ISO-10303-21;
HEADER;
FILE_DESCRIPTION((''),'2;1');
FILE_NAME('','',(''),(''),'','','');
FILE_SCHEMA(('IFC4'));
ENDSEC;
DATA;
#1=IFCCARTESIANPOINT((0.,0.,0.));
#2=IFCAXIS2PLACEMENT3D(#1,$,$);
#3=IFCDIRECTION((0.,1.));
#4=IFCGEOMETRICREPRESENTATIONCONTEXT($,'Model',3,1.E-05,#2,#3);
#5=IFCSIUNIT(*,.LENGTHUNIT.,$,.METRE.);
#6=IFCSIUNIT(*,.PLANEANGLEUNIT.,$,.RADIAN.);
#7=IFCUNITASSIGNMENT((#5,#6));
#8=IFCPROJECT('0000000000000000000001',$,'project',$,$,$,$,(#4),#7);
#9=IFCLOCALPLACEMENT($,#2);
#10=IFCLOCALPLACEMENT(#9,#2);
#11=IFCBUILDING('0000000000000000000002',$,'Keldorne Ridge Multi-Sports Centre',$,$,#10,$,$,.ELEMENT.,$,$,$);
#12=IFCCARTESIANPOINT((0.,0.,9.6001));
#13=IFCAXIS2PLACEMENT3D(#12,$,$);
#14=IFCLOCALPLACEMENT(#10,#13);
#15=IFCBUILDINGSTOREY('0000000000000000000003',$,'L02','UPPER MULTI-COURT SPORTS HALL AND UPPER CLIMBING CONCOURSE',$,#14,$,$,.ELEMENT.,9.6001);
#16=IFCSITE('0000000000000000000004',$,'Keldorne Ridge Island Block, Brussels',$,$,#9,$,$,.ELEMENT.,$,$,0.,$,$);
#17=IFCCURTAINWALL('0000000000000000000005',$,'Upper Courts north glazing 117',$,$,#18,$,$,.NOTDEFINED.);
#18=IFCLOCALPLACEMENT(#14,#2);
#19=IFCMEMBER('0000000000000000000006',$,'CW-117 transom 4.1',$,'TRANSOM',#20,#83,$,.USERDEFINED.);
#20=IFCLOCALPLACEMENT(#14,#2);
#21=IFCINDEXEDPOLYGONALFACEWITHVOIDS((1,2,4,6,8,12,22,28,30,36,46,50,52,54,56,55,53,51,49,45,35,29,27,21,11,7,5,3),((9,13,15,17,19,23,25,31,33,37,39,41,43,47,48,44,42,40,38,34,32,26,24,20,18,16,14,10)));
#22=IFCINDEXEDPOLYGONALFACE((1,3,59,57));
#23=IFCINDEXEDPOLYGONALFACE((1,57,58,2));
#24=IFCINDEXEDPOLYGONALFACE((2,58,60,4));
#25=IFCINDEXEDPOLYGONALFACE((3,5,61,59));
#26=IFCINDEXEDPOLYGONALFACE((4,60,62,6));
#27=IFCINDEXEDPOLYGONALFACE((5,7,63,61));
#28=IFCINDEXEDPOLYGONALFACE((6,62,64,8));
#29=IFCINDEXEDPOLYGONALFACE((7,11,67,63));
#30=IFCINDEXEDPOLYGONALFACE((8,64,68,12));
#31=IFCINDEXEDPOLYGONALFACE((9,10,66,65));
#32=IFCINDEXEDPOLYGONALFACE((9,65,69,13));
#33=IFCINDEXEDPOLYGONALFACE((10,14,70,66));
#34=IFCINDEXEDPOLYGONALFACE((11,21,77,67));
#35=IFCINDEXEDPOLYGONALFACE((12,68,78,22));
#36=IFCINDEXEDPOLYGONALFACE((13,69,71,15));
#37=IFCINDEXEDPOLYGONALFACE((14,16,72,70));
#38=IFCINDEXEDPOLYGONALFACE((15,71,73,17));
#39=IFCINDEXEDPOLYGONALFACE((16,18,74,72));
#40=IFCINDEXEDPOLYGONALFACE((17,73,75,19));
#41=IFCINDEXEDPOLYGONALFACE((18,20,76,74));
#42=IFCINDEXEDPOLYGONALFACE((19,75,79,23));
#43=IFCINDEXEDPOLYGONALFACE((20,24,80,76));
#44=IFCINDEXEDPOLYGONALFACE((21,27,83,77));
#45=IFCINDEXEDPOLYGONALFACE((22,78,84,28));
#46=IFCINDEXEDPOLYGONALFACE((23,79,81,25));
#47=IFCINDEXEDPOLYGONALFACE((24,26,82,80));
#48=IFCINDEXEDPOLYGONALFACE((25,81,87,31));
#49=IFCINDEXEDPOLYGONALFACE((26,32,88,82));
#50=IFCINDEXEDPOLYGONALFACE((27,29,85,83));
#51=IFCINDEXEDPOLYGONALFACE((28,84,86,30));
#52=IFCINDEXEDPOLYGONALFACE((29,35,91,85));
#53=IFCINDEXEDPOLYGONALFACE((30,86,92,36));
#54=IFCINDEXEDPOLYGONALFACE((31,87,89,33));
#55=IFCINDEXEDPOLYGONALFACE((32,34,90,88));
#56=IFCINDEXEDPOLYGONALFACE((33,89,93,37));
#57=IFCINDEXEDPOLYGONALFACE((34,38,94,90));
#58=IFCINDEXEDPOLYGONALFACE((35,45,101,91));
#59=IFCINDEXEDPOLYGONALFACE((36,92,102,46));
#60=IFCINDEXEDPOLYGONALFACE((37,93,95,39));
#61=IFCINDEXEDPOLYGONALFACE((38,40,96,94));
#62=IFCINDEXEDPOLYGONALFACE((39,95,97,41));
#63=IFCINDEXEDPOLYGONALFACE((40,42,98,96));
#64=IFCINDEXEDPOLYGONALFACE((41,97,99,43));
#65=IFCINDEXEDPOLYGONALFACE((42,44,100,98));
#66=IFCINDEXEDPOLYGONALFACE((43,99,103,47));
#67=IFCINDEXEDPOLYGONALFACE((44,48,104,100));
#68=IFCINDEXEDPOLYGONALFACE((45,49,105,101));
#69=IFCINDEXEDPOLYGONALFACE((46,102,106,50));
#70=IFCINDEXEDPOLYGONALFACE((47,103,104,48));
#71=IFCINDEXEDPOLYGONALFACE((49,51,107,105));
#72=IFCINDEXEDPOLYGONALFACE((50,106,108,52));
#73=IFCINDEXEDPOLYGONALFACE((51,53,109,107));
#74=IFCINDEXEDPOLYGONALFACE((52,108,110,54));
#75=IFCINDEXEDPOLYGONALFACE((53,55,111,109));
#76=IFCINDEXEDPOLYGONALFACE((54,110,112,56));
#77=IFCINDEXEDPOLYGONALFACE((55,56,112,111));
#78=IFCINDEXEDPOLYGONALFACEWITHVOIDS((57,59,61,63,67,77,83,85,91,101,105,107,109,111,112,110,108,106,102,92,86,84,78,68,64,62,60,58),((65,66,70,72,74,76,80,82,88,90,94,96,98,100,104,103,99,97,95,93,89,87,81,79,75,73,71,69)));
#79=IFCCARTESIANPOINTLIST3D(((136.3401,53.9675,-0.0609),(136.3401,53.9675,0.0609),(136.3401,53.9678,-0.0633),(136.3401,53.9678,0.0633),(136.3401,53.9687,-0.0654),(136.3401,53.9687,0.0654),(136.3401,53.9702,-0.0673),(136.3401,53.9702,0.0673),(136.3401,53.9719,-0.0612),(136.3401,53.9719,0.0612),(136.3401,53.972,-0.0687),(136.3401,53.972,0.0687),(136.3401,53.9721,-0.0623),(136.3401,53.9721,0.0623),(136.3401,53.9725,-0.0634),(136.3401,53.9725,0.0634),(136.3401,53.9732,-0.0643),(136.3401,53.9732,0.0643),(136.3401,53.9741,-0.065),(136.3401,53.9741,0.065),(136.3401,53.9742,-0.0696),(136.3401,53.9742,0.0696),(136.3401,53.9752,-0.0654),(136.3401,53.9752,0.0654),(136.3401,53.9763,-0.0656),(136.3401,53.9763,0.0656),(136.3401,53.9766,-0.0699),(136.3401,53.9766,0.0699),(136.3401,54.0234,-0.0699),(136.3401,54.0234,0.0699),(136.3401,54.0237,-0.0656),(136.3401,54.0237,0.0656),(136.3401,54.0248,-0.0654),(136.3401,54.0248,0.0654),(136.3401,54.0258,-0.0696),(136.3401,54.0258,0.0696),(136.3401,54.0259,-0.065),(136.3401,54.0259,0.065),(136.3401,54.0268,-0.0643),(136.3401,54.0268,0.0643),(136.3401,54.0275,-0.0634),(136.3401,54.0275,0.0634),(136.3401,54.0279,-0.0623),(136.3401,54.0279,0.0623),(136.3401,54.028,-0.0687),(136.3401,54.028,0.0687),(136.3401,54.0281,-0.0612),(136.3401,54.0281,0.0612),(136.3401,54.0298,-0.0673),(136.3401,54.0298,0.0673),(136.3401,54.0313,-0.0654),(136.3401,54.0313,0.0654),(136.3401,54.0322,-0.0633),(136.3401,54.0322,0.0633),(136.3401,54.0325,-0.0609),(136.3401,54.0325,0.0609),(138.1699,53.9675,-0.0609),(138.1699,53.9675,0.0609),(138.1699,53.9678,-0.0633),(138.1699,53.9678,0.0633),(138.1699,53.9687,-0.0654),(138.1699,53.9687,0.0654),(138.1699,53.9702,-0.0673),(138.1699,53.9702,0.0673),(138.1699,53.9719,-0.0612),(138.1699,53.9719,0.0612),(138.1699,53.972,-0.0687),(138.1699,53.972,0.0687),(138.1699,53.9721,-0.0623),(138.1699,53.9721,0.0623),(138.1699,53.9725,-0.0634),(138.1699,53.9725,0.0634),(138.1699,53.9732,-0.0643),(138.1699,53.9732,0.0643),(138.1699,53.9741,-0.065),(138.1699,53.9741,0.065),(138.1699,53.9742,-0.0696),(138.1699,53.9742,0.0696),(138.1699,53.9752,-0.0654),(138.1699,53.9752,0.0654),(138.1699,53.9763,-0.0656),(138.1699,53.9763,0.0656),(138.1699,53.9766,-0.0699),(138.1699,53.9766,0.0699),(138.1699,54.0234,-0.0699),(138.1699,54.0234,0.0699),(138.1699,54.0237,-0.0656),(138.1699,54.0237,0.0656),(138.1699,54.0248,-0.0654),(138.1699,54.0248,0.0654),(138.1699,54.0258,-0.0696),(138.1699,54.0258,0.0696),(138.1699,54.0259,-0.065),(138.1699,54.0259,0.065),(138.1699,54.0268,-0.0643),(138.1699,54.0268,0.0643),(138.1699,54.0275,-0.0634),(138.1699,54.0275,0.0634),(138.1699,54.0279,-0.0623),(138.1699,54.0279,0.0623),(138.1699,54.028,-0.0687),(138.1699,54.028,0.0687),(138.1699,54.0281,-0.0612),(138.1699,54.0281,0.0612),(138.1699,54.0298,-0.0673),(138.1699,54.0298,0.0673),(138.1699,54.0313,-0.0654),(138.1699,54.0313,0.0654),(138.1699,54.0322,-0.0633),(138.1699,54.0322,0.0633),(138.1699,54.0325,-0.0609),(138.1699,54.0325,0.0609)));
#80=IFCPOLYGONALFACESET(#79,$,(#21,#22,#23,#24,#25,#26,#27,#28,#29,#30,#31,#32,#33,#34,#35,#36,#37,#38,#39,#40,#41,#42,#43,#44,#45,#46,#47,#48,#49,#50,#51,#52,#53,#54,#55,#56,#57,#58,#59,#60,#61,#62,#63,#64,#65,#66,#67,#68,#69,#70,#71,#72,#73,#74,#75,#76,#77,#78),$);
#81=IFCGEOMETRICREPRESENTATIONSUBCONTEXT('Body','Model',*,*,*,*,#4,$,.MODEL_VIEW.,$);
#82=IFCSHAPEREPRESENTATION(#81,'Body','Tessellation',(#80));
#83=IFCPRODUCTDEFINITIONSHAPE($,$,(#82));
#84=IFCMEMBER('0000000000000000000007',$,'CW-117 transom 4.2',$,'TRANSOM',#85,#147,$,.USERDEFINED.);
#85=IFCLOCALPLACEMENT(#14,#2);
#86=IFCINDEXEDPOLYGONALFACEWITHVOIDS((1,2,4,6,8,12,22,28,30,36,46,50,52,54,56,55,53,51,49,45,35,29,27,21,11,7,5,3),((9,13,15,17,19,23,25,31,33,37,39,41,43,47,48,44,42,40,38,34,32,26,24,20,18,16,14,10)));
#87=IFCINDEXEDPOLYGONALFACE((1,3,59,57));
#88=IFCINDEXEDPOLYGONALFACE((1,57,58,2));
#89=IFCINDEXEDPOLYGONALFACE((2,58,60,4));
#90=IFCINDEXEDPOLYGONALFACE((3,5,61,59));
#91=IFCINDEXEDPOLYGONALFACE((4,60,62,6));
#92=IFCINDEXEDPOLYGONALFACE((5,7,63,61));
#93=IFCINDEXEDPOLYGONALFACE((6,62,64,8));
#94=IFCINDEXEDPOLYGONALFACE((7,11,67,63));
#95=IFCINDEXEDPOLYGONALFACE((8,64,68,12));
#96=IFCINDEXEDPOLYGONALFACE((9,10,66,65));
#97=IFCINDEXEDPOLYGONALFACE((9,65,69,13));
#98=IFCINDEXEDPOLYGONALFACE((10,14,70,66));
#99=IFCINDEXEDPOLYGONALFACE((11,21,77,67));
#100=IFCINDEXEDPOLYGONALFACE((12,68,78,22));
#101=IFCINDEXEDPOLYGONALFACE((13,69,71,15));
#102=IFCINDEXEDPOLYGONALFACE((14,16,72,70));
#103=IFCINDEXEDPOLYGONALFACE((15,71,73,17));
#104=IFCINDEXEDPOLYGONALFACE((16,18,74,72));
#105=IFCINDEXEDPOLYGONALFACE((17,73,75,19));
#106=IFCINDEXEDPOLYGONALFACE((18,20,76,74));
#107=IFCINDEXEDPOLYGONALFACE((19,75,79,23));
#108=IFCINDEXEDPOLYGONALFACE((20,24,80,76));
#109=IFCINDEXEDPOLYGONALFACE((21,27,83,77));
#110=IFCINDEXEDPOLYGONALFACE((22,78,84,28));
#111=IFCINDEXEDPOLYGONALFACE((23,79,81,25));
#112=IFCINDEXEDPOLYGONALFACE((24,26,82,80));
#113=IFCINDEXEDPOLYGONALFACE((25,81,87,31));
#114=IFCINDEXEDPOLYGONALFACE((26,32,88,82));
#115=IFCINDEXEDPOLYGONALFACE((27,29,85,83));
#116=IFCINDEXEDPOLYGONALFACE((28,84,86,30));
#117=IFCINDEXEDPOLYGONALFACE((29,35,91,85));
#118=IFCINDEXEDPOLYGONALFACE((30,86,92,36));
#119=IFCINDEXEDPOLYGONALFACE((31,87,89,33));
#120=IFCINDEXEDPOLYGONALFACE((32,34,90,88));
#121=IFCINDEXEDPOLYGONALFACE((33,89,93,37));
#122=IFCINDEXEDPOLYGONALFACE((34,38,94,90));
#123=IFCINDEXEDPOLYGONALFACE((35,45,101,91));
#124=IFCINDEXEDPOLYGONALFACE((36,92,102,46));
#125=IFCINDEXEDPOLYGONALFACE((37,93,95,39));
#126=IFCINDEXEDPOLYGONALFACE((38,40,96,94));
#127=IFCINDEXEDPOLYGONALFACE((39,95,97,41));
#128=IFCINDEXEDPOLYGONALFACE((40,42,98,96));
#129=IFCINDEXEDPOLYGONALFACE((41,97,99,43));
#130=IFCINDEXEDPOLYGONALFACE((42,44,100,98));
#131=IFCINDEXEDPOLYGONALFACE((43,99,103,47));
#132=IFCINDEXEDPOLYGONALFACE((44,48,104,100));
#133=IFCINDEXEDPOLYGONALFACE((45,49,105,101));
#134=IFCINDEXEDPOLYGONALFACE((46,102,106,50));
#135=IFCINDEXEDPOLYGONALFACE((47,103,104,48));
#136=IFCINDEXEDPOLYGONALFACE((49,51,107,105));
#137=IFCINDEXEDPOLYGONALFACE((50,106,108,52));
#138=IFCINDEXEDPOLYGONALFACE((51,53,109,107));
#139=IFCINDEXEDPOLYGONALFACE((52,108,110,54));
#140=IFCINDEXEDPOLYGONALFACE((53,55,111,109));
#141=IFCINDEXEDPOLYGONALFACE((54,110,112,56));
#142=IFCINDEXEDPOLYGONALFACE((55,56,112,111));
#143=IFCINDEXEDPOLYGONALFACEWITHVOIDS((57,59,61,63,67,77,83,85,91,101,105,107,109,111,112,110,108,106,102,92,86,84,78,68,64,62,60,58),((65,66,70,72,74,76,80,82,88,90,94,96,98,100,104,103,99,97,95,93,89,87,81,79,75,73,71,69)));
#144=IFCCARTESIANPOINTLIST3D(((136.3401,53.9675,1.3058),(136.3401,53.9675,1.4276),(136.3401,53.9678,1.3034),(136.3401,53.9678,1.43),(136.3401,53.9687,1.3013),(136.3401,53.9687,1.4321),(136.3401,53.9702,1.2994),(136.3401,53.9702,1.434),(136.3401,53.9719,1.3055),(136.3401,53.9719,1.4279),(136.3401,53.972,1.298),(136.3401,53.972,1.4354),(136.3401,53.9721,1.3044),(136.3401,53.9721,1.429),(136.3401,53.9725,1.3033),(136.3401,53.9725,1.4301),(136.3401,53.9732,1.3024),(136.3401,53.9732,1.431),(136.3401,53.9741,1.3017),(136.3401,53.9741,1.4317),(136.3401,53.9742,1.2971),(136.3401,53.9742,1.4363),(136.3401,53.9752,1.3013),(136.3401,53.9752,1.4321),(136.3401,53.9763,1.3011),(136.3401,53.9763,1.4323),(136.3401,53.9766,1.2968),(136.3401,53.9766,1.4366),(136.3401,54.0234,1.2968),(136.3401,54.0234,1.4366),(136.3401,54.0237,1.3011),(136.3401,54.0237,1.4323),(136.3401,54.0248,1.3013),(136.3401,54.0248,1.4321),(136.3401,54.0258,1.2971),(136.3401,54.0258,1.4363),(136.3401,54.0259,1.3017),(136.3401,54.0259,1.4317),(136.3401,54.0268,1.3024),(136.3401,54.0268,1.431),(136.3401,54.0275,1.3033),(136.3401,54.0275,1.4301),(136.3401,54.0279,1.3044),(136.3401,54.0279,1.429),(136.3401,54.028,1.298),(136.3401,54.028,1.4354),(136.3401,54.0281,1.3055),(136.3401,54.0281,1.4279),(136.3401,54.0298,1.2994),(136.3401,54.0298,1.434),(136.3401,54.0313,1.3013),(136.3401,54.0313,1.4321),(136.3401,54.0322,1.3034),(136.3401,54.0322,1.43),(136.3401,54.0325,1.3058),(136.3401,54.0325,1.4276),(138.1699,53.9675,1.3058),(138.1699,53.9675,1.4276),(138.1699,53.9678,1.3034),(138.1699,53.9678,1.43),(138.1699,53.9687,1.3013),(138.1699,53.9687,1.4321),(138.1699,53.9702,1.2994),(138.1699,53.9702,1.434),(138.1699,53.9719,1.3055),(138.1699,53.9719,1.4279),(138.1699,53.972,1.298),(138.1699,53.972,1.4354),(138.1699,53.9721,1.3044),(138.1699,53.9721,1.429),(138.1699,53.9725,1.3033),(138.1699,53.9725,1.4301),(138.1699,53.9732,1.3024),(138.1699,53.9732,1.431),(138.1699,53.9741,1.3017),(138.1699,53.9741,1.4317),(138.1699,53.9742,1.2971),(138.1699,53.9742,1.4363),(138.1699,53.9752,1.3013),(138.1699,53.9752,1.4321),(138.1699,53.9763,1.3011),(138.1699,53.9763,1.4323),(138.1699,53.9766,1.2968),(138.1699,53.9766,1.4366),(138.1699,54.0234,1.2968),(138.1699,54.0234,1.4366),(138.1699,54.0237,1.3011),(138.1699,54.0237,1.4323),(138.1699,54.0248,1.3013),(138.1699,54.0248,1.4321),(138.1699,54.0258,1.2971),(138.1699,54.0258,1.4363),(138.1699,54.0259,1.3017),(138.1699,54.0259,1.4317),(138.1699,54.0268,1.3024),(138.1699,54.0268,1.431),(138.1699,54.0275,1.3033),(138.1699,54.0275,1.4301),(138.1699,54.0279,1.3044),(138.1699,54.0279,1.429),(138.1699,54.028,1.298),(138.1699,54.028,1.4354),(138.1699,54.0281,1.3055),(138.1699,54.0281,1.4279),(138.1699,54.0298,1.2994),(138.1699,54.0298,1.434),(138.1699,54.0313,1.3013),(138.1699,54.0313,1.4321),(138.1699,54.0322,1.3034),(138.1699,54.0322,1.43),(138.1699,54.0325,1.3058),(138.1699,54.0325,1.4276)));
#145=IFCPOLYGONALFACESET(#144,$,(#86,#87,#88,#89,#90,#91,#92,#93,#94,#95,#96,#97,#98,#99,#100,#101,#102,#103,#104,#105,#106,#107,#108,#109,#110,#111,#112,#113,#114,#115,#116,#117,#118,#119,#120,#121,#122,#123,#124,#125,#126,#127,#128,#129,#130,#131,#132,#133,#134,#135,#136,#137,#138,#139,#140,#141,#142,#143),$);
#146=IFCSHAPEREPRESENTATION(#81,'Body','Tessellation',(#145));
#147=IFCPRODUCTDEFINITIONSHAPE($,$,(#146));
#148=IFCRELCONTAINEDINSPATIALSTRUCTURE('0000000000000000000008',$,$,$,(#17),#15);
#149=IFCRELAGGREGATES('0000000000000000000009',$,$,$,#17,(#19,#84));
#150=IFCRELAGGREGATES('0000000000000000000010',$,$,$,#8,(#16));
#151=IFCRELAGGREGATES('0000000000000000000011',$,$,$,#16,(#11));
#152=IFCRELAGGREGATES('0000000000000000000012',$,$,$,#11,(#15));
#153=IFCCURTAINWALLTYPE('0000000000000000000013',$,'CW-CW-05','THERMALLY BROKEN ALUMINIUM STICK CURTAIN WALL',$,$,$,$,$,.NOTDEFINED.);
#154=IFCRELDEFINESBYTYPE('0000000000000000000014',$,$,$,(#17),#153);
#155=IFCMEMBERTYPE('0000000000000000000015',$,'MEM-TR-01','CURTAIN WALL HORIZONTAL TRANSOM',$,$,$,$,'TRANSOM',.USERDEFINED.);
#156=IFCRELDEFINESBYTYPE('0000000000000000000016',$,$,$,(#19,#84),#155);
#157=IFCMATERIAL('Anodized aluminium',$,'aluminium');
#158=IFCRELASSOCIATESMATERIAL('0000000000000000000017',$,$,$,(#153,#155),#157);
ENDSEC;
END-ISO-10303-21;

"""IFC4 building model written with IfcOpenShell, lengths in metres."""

from ifc_helpers import new_model, si_unit, direction, frame, origin, origin_2d, place, context, subcontext, project, spatial, hollow_rectangle, extrude, material, material_profile, profile_set, type_object, element, aggregate, save


model = new_model("IFC4")

# Units and contexts
model_context = context("Model", 3, precision=1e-05, world=origin(), true_north=direction((0.0, 1.0)))
body_context = subcontext(model_context, "Body", "Model", "MODEL_VIEW")
ifc_project = project(units=[si_unit("LENGTHUNIT", "METRE"), si_unit("PLANEANGLEUNIT", "RADIAN")], contexts=[model_context])

# Site, building, storey
site_placement = place(None, origin())
site = spatial("IfcSite", under=ifc_project, at=site_placement, Name="Keldorne Ridge Island Block, Brussels", CompositionType="ELEMENT", RefElevation=0.0)
building_placement = place(site_placement, origin())
building = spatial("IfcBuilding", under=site, at=building_placement, Name="Keldorne Ridge Multi-Sports Centre", CompositionType="ELEMENT")
storey_placement = place(building_placement, frame((0.0, 0.0, 9.6001)))
storey = spatial("IfcBuildingStorey", under=building, at=storey_placement, Name="L02", Description="UPPER MULTI-COURT SPORTS HALL AND UPPER CLIMBING CONCOURSE", CompositionType="ELEMENT", Elevation=9.6001)

# Curtain wall
ifc_material_1 = material(Name="Anodized aluminium", Category="aluminium")
curtain_wall_type_1 = type_object("IfcCurtainWallType", Name="CW-CW-05", Description="THERMALLY BROKEN ALUMINIUM STICK CURTAIN WALL", PredefinedType="NOTDEFINED", material=ifc_material_1)
curtain_wall_1_placement = place(storey_placement, origin())
curtain_wall_1 = element("IfcCurtainWall", 1, at=curtain_wall_1_placement, inside=storey, type_object=curtain_wall_type_1, Name="Upper Courts north glazing 117", PredefinedType="NOTDEFINED")
ifc_material_profile_1 = material_profile(ifc_material_1, hollow_rectangle(XDim=0.0649, YDim=0.1399, WallThickness=0.0044, InnerFilletRadius=0.0044, OuterFilletRadius=0.009, at=origin_2d()), Name="ALU TRANSOM 140x65x4.5")
ifc_profile_set_1 = profile_set([ifc_material_profile_1], Name="Anodized aluminium")
member_type_1 = type_object("IfcMemberType", Name="MEM-TR-01", Description="CURTAIN WALL HORIZONTAL TRANSOM", ElementType="TRANSOM", PredefinedType="USERDEFINED", material=ifc_profile_set_1)

# Members
member_1_placement = place(storey_placement, frame((138.1699, 54.0, 0.0), z_axis=(-1.0, 0.0, 0.0), x_axis=(0.0, -1.0, 0.0)))
member_1 = element("IfcMember", 2, at=member_1_placement, type_object=member_type_1, Name="CW-117 transom 4.1", ObjectType="TRANSOM", PredefinedType="USERDEFINED", context=body_context, shape_type="SweptSolid", body=[
    extrude(hollow_rectangle(XDim=0.0649, YDim=0.1399, WallThickness=0.0044, InnerFilletRadius=0.0044, OuterFilletRadius=0.009, at=origin_2d()), origin(), (0.0, 0.0, 1.0), 1.8298),
])
member_2_placement = place(storey_placement, frame((138.1699, 54.0, 1.3667), z_axis=(-1.0, 0.0, 0.0), x_axis=(0.0, -1.0, 0.0)))
member_2 = element("IfcMember", 3, at=member_2_placement, type_object=member_type_1, Name="CW-117 transom 4.2", ObjectType="TRANSOM", PredefinedType="USERDEFINED", context=body_context, shape_type="SweptSolid", body=[
    extrude(hollow_rectangle(XDim=0.0649, YDim=0.1399, WallThickness=0.0044, InnerFilletRadius=0.0044, OuterFilletRadius=0.009, at=origin_2d()), origin(), (0.0, 0.0, 1.0), 1.8298),
])

aggregate(curtain_wall_1, [member_1, member_2])

save(model, "model.ifc")
